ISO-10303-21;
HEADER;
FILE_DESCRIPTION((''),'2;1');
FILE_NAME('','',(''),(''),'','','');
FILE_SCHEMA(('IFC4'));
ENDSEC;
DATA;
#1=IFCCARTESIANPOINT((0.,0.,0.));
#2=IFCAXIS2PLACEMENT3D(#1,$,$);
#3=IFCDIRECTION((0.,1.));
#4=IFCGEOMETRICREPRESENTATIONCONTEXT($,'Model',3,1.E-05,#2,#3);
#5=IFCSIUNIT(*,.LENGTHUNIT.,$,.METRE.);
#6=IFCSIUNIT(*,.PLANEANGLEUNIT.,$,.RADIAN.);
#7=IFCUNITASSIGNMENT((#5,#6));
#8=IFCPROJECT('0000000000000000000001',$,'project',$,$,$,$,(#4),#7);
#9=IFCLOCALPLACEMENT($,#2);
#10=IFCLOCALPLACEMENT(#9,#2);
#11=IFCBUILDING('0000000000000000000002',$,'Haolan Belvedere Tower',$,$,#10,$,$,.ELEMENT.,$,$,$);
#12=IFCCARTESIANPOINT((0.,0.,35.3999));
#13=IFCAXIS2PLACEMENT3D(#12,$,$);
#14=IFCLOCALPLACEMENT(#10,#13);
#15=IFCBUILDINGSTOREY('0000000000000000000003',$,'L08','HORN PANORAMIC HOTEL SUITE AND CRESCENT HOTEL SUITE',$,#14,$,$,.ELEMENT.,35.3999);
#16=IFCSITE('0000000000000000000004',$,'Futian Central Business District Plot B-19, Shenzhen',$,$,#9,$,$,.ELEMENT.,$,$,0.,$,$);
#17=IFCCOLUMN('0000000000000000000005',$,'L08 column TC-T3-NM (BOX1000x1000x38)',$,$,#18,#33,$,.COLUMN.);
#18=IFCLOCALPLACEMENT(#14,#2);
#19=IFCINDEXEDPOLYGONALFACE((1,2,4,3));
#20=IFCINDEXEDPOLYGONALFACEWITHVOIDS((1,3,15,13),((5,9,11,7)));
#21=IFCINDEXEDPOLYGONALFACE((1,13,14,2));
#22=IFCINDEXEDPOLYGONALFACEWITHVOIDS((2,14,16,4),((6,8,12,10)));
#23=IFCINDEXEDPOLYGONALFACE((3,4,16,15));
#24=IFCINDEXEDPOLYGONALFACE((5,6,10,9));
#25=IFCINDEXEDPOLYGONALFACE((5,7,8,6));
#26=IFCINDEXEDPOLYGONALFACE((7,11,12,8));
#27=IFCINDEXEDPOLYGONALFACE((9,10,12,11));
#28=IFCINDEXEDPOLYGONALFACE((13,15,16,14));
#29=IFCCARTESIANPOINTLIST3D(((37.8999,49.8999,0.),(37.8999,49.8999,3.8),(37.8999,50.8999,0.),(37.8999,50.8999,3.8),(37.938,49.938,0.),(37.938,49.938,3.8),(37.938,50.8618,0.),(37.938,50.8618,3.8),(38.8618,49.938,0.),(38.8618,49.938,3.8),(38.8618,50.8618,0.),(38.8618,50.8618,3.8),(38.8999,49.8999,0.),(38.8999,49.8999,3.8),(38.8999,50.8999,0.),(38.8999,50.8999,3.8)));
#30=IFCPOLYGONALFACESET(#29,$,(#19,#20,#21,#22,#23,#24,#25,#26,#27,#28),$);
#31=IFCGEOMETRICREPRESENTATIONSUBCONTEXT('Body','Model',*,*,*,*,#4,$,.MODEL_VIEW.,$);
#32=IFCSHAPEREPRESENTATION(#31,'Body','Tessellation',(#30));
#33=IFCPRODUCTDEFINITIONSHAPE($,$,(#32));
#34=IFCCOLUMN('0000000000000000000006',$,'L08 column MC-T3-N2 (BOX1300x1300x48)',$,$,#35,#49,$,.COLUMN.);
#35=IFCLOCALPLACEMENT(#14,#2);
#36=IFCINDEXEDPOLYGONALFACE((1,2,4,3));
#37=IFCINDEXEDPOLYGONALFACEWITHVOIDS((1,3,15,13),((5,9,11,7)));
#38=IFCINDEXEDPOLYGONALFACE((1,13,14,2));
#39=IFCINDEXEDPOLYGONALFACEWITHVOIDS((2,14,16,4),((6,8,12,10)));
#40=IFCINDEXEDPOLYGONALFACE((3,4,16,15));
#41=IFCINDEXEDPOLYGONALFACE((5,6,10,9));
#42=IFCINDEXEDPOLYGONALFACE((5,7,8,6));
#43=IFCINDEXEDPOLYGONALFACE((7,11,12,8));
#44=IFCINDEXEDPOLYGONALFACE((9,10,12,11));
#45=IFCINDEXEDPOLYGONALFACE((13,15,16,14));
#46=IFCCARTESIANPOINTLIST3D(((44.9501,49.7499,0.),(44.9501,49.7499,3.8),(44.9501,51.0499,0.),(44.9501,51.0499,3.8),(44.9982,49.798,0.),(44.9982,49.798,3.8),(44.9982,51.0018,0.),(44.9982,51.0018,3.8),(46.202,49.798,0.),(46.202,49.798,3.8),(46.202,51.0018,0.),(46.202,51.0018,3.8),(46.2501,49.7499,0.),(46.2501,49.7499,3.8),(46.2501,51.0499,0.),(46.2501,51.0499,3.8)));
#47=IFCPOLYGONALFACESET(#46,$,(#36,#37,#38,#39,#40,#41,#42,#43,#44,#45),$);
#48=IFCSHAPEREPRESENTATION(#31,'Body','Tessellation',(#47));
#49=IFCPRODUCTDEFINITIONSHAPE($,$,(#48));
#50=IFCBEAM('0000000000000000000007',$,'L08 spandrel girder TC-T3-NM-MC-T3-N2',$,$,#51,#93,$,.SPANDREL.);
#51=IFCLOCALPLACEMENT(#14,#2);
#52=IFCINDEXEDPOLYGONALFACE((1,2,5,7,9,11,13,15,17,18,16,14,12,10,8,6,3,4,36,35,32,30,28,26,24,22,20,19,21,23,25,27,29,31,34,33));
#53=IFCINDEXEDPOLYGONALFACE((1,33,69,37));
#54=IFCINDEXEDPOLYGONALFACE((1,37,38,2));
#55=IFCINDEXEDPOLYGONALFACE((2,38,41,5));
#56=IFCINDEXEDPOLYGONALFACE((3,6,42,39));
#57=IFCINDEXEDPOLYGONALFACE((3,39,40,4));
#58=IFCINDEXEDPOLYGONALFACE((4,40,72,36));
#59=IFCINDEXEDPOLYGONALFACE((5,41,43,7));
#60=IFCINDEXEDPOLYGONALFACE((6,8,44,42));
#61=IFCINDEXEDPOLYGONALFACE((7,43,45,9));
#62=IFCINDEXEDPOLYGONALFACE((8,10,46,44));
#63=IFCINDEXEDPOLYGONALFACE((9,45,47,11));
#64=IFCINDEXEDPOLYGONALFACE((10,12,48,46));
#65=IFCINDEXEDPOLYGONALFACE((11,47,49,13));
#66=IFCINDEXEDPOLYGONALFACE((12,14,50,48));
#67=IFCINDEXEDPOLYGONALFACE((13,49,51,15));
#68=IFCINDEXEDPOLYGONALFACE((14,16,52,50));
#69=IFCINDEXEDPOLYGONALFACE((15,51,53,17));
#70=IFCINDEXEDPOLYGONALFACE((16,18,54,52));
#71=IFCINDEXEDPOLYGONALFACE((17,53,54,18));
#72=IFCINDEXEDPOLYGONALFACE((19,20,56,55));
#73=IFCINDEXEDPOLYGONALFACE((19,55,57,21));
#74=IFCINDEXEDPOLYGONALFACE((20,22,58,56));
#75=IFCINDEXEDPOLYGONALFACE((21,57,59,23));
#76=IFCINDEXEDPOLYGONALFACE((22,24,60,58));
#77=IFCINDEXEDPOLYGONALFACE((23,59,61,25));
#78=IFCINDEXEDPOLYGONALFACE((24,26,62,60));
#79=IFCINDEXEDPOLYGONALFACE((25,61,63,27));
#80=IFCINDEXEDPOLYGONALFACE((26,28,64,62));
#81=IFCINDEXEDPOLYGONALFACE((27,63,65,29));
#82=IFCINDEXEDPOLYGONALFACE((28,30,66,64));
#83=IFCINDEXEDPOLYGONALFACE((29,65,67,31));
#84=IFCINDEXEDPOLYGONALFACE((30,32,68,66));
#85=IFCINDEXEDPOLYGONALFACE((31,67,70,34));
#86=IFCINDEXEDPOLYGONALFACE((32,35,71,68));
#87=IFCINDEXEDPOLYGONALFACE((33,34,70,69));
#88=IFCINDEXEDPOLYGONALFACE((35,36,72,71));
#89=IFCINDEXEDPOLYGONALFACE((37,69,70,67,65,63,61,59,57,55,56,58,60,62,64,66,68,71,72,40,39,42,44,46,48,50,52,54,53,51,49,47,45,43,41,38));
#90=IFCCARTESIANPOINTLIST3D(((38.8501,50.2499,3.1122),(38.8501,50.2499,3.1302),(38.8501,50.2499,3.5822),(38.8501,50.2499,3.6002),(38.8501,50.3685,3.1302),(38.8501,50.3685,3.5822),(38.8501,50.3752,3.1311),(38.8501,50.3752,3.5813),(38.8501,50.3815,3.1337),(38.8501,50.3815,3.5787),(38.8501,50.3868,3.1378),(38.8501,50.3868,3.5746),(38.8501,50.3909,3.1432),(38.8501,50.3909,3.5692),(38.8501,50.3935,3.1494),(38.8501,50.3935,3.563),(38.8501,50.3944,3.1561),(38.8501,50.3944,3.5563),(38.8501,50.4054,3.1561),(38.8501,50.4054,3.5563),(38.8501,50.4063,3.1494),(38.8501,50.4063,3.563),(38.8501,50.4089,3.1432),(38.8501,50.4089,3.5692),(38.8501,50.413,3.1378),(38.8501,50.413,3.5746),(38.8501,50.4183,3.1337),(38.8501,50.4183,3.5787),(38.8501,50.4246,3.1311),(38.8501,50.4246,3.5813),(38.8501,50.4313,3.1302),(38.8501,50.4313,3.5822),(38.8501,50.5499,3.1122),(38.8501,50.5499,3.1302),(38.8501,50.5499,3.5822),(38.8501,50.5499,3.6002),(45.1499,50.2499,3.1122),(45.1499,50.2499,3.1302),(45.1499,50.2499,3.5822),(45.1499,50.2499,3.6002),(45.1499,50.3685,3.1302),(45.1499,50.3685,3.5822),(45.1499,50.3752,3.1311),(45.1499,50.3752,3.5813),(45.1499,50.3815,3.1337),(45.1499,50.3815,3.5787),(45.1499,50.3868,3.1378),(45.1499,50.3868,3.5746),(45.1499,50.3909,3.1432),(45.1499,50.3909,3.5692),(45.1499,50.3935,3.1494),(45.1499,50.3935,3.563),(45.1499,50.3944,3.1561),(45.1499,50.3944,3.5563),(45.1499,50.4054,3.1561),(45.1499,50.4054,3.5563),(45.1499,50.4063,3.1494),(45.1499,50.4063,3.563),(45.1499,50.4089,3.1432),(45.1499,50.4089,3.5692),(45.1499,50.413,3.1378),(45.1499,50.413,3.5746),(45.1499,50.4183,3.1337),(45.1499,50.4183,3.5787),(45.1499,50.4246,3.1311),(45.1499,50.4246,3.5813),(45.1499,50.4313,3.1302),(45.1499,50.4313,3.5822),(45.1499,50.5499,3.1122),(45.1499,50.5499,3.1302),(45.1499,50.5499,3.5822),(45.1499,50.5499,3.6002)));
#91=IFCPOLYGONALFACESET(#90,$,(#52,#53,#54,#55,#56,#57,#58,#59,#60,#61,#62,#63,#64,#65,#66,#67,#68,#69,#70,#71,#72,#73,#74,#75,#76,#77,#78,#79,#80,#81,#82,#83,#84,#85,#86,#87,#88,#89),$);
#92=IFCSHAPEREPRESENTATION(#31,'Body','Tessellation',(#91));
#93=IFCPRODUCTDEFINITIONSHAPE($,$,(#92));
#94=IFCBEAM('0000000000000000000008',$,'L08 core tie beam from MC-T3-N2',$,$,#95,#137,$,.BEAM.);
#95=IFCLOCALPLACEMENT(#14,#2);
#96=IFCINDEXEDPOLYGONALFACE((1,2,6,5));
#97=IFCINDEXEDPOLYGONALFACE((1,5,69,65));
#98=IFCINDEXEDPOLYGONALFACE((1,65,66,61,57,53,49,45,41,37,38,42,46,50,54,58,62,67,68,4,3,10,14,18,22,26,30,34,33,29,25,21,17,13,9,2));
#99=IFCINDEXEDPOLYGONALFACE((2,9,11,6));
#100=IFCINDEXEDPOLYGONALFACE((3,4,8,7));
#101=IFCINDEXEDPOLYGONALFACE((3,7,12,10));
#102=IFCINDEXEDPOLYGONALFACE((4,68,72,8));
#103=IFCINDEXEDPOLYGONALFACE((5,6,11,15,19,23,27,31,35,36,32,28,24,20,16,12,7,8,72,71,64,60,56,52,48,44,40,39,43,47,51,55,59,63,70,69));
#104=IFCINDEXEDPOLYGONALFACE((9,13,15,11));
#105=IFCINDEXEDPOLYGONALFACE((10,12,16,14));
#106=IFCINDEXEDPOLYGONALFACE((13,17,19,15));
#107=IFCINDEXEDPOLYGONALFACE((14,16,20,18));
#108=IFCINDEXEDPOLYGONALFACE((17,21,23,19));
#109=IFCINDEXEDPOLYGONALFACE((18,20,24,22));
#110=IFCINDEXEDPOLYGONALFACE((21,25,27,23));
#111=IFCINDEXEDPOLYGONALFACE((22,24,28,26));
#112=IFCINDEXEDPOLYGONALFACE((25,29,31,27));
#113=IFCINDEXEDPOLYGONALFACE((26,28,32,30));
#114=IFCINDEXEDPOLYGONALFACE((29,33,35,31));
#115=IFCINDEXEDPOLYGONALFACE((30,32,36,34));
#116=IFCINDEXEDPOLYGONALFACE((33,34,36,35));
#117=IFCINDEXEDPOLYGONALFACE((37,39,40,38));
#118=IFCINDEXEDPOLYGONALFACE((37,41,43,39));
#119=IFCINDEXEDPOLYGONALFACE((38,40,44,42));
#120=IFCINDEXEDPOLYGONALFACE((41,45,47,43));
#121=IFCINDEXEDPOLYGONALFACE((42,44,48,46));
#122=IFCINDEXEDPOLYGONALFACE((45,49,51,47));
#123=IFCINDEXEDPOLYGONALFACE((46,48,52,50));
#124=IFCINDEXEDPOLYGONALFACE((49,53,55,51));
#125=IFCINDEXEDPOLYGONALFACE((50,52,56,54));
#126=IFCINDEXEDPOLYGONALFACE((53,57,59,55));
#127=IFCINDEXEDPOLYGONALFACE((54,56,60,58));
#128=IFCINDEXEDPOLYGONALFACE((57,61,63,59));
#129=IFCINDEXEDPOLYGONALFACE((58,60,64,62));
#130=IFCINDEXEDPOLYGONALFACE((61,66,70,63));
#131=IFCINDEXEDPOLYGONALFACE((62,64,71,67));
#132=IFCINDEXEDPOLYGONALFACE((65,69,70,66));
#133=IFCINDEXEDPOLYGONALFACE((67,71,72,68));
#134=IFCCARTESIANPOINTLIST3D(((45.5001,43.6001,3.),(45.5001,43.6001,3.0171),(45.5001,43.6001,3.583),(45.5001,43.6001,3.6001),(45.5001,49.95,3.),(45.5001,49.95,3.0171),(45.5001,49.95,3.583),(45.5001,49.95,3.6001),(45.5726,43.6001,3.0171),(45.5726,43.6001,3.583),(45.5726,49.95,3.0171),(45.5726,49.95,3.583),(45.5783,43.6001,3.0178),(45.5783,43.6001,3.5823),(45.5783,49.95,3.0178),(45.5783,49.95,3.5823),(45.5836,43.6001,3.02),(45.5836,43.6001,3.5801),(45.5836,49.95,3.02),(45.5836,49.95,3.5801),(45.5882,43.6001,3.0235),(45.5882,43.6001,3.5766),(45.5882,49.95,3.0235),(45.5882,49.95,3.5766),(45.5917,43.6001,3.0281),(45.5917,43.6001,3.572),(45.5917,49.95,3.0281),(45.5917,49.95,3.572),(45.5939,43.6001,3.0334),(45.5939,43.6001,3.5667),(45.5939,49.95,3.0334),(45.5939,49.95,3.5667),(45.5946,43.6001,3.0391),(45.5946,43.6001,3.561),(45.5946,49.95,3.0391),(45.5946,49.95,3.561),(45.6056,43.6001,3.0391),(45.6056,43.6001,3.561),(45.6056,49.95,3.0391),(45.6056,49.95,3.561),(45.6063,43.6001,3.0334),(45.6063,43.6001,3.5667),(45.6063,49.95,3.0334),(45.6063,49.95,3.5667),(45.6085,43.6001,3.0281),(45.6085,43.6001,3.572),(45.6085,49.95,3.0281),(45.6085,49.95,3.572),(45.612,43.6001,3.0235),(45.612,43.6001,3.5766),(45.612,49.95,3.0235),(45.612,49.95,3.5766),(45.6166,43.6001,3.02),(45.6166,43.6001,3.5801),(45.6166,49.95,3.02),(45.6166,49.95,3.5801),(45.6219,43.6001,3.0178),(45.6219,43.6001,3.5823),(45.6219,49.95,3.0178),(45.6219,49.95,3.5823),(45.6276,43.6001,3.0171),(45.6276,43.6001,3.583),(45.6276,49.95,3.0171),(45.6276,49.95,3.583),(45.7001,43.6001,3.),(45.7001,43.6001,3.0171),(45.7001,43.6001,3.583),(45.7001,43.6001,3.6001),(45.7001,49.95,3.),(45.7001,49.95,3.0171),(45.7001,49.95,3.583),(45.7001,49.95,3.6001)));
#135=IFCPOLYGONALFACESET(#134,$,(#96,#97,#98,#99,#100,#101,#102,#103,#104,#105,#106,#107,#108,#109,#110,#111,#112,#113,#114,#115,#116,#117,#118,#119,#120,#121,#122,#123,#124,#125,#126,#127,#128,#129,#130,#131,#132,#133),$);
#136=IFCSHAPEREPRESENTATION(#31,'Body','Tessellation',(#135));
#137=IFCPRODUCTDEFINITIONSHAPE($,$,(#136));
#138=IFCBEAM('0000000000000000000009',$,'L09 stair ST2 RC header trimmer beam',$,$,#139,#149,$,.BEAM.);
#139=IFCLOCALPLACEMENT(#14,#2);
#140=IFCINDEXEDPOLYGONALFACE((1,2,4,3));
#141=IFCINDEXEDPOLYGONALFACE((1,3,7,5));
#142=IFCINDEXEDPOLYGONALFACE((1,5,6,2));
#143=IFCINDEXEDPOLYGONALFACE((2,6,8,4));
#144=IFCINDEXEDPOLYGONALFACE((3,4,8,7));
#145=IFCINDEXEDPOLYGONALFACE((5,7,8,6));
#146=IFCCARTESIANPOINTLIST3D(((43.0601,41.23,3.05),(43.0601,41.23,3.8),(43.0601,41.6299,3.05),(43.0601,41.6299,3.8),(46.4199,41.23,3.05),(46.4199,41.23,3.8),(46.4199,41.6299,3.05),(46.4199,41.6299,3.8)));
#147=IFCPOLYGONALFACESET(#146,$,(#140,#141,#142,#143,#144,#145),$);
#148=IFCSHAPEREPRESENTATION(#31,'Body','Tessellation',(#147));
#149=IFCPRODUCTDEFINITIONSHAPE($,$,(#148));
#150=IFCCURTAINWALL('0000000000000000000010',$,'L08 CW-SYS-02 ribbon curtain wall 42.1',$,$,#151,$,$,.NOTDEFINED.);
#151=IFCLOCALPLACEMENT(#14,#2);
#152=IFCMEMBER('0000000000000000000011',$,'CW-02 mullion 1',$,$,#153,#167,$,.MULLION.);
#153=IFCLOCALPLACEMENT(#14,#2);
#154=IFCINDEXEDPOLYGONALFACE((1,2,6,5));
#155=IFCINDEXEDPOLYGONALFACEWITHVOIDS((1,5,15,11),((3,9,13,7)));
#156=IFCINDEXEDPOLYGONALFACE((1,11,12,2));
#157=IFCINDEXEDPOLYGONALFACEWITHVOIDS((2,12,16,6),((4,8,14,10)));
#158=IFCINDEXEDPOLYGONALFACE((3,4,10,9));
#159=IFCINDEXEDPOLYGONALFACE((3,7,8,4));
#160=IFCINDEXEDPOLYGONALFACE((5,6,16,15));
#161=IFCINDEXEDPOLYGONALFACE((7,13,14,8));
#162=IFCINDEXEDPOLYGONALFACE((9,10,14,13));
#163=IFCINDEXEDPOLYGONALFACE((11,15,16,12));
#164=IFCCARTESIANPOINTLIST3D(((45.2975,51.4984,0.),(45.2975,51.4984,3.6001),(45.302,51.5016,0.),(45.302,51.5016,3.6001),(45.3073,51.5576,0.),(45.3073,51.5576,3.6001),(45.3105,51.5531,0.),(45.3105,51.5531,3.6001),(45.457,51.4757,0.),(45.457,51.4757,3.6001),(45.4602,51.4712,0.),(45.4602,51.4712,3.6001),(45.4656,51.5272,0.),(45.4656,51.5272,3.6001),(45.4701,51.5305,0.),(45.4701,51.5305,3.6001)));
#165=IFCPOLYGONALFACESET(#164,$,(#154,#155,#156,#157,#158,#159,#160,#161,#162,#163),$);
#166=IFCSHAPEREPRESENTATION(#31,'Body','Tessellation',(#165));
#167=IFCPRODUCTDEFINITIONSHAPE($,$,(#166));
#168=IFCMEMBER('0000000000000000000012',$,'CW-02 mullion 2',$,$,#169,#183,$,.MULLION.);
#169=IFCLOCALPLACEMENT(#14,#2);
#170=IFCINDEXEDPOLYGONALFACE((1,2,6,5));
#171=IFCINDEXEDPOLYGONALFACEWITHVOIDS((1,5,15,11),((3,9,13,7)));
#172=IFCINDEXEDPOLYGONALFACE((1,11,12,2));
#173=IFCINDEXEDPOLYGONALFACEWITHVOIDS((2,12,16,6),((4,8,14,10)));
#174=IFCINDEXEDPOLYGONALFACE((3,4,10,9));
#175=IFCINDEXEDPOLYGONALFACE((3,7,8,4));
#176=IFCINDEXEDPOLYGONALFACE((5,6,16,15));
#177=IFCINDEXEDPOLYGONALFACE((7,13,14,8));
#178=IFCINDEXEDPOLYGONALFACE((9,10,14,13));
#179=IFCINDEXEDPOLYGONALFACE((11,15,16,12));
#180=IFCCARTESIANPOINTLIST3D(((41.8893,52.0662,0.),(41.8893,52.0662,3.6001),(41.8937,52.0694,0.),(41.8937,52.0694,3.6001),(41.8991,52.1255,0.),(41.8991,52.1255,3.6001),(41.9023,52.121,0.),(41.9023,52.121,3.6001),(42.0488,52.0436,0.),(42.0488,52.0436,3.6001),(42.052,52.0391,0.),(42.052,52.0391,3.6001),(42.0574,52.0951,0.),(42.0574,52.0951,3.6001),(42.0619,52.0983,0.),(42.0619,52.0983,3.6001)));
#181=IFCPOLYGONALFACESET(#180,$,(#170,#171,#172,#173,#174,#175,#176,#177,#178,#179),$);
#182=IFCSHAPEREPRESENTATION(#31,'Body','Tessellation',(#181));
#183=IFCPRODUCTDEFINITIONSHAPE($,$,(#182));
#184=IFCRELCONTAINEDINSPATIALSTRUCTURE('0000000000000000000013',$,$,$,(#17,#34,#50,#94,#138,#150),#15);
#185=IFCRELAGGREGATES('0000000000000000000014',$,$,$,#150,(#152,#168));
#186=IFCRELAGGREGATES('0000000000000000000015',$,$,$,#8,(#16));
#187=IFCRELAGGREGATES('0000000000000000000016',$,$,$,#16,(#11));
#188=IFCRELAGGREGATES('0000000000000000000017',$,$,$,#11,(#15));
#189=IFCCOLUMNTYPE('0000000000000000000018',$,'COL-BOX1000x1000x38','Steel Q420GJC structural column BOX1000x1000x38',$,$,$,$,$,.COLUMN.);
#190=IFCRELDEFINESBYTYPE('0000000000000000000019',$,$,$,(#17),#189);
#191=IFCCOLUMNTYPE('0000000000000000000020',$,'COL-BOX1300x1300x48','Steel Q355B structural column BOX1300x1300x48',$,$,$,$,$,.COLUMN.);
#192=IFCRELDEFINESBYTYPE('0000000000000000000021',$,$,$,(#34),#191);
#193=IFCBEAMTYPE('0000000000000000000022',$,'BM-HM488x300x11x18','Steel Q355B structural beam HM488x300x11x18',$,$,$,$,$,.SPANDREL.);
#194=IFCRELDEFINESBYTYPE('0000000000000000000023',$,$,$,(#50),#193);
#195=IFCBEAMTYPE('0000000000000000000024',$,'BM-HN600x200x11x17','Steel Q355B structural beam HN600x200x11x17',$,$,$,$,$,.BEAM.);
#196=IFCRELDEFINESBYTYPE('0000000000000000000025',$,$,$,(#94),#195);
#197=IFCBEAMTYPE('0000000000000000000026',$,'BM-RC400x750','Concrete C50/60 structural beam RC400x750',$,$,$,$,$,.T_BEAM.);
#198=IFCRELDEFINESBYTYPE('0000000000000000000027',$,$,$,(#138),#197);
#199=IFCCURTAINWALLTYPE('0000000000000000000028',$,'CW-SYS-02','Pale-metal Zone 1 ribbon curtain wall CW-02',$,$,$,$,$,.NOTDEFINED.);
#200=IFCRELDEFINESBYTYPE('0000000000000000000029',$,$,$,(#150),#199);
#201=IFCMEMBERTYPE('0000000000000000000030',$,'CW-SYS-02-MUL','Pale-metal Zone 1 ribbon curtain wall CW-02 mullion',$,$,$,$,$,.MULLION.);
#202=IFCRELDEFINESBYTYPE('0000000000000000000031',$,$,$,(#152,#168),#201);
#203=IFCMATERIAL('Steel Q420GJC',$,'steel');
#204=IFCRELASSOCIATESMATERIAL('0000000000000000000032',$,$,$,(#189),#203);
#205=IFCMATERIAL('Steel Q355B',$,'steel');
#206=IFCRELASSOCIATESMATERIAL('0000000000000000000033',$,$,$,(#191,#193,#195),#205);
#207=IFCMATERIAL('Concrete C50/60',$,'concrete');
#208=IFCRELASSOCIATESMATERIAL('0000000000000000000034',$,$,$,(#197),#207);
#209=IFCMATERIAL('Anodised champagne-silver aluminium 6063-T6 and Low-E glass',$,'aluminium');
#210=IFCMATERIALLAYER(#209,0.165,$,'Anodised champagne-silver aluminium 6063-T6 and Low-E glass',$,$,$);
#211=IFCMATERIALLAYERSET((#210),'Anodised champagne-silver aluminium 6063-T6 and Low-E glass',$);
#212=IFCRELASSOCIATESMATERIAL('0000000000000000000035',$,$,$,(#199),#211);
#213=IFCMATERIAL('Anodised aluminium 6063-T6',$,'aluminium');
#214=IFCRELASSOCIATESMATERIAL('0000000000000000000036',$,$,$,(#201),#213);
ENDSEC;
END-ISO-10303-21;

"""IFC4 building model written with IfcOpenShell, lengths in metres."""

from ifc_helpers import new_model, si_unit, direction, frame, origin, origin_2d, place, context, subcontext, project, spatial, rectangle, hollow_rectangle, i_section, extrude, material, layer, layer_set, material_profile, profile_set, type_object, element, aggregate, save


model = new_model("IFC4")

# Units and contexts
model_context = context("Model", 3, precision=1e-05, world=origin(), true_north=direction((0.0, 1.0)))
body_context = subcontext(model_context, "Body", "Model", "MODEL_VIEW")
ifc_project = project(units=[si_unit("LENGTHUNIT", "METRE"), si_unit("PLANEANGLEUNIT", "RADIAN")], contexts=[model_context])

# Site, building, storey
site_placement = place(None, origin())
site = spatial("IfcSite", under=ifc_project, at=site_placement, Name="Futian Central Business District Plot B-19, Shenzhen", CompositionType="ELEMENT", RefElevation=0.0)
building_placement = place(site_placement, origin())
building = spatial("IfcBuilding", under=site, at=building_placement, Name="Haolan Belvedere Tower", CompositionType="ELEMENT")
storey_placement = place(building_placement, frame((0.0, 0.0, 35.3999)))
storey = spatial("IfcBuildingStorey", under=building, at=storey_placement, Name="L08", Description="HORN PANORAMIC HOTEL SUITE AND CRESCENT HOTEL SUITE", CompositionType="ELEMENT", Elevation=35.3999)

# Columns
ifc_material_1 = material(Name="Steel Q420GJC", Category="steel")
ifc_material_profile_1 = material_profile(ifc_material_1, hollow_rectangle(XDim=1.0, YDim=1.0, WallThickness=0.0381, at=origin_2d()), Name="Steel Q420GJC")
ifc_profile_set_1 = profile_set([ifc_material_profile_1], Name="Steel Q420GJC")
column_type_1 = type_object("IfcColumnType", Name="COL-BOX1000x1000x38", Description="Steel Q420GJC structural column BOX1000x1000x38", PredefinedType="COLUMN", material=ifc_profile_set_1)
column_1_placement = place(storey_placement, frame((38.3999, 50.3999, 0.0), z_axis=(0.0, 0.0, 1.0), x_axis=(1.0, 0.0, 0.0)))
element("IfcColumn", 1, at=column_1_placement, inside=storey, type_object=column_type_1, Name="L08 column TC-T3-NM (BOX1000x1000x38)", PredefinedType="COLUMN", context=body_context, shape_type="SweptSolid", body=[
    extrude(hollow_rectangle(XDim=1.0, YDim=1.0, WallThickness=0.0381, at=origin_2d()), origin(), (0.0, 0.0, 1.0), 3.8),
])
ifc_material_2 = material(Name="Steel Q355B", Category="steel")
ifc_material_profile_2 = material_profile(ifc_material_2, hollow_rectangle(XDim=1.3, YDim=1.3, WallThickness=0.0481, at=origin_2d()), Name="Steel Q355B")
ifc_profile_set_2 = profile_set([ifc_material_profile_2], Name="Steel Q355B")
column_type_2 = type_object("IfcColumnType", Name="COL-BOX1300x1300x48", Description="Steel Q355B structural column BOX1300x1300x48", PredefinedType="COLUMN", material=ifc_profile_set_2)
column_2_placement = place(storey_placement, frame((45.6001, 50.3999, 0.0), z_axis=(0.0, 0.0, 1.0), x_axis=(1.0, 0.0, 0.0)))
element("IfcColumn", 2, at=column_2_placement, inside=storey, type_object=column_type_2, Name="L08 column MC-T3-N2 (BOX1300x1300x48)", PredefinedType="COLUMN", context=body_context, shape_type="SweptSolid", body=[
    extrude(hollow_rectangle(XDim=1.3, YDim=1.3, WallThickness=0.0481, at=origin_2d()), origin(), (0.0, 0.0, 1.0), 3.8),
])

# Beams
ifc_material_profile_3 = material_profile(ifc_material_2, i_section(OverallWidth=0.3, OverallDepth=0.488, WebThickness=0.011, FlangeThickness=0.0181, FilletRadius=0.0259, at=origin_2d()), Name="Steel Q355B")
ifc_profile_set_3 = profile_set([ifc_material_profile_3], Name="Steel Q355B")
beam_type_1 = type_object("IfcBeamType", Name="BM-HM488x300x11x18", Description="Steel Q355B structural beam HM488x300x11x18", PredefinedType="SPANDREL", material=ifc_profile_set_3)
beam_1_placement = place(storey_placement, frame((38.8501, 50.3999, 3.3562), z_axis=(1.0, 0.0, 0.0), x_axis=(0.0, 1.0, 0.0)))
element("IfcBeam", 3, at=beam_1_placement, inside=storey, type_object=beam_type_1, Name="L08 spandrel girder TC-T3-NM-MC-T3-N2", PredefinedType="SPANDREL", context=body_context, shape_type="SweptSolid", body=[
    extrude(i_section(OverallWidth=0.3, OverallDepth=0.488, WebThickness=0.011, FlangeThickness=0.0181, FilletRadius=0.0259, at=origin_2d()), origin(), (0.0, 0.0, 1.0), 6.2998),
])
ifc_material_profile_4 = material_profile(ifc_material_2, i_section(OverallWidth=0.2, OverallDepth=0.6001, WebThickness=0.011, FlangeThickness=0.0171, FilletRadius=0.022, at=origin_2d()), Name="Steel Q355B")
ifc_profile_set_4 = profile_set([ifc_material_profile_4], Name="Steel Q355B")
beam_type_2 = type_object("IfcBeamType", Name="BM-HN600x200x11x17", Description="Steel Q355B structural beam HN600x200x11x17", PredefinedType="BEAM", material=ifc_profile_set_4)
beam_2_placement = place(storey_placement, frame((45.6001, 49.95, 3.3), z_axis=(0.0, -1.0, 0.0), x_axis=(1.0, 0.0, 0.0)))
element("IfcBeam", 4, at=beam_2_placement, inside=storey, type_object=beam_type_2, Name="L08 core tie beam from MC-T3-N2", PredefinedType="BEAM", context=body_context, shape_type="SweptSolid", body=[
    extrude(i_section(OverallWidth=0.2, OverallDepth=0.6001, WebThickness=0.011, FlangeThickness=0.0171, FilletRadius=0.022, at=origin_2d()), origin(), (0.0, 0.0, 1.0), 6.3499),
])
ifc_material_3 = material(Name="Concrete C50/60", Category="concrete")
ifc_material_profile_5 = material_profile(ifc_material_3, rectangle(XDim=0.3999, YDim=0.75, at=origin_2d()), Name="Concrete C50/60")
ifc_profile_set_5 = profile_set([ifc_material_profile_5], Name="Concrete C50/60")
beam_type_3 = type_object("IfcBeamType", Name="BM-RC400x750", Description="Concrete C50/60 structural beam RC400x750", PredefinedType="T_BEAM", material=ifc_profile_set_5)
beam_3_placement = place(storey_placement, frame((43.0601, 41.4299, 3.425), z_axis=(1.0, 0.0, 0.0), x_axis=(0.0, 1.0, 0.0)))
element("IfcBeam", 5, at=beam_3_placement, inside=storey, type_object=beam_type_3, Name="L09 stair ST2 RC header trimmer beam", PredefinedType="BEAM", context=body_context, shape_type="SweptSolid", body=[
    extrude(rectangle(XDim=0.3999, YDim=0.75, at=origin_2d()), origin(), (0.0, 0.0, 1.0), 3.3599),
])

# Curtain wall, members
ifc_material_4 = material(Name="Anodised champagne-silver aluminium 6063-T6 and Low-E glass", Category="aluminium")
ifc_layer_1 = layer(ifc_material_4, 0.165, Name="Anodised champagne-silver aluminium 6063-T6 and Low-E glass")
ifc_layer_set_1 = layer_set([ifc_layer_1], Name="Anodised champagne-silver aluminium 6063-T6 and Low-E glass")
curtain_wall_type = type_object("IfcCurtainWallType", Name="CW-SYS-02", Description="Pale-metal Zone 1 ribbon curtain wall CW-02", PredefinedType="NOTDEFINED", material=ifc_layer_set_1)
curtain_wall_1_placement = place(storey_placement, origin())
curtain_wall_1 = element("IfcCurtainWall", 6, at=curtain_wall_1_placement, inside=storey, type_object=curtain_wall_type, Name="L08 CW-SYS-02 ribbon curtain wall 42.1", PredefinedType="NOTDEFINED")
ifc_material_5 = material(Name="Anodised aluminium 6063-T6", Category="aluminium")
ifc_material_profile_6 = material_profile(ifc_material_5, hollow_rectangle(XDim=0.0601, YDim=0.165, WallThickness=0.0039, at=origin_2d()), Name="Anodised aluminium 6063-T6")
ifc_profile_set_6 = profile_set([ifc_material_profile_6], Name="Anodised aluminium 6063-T6")
member_type_1 = type_object("IfcMemberType", Name="CW-SYS-02-MUL", Description="Pale-metal Zone 1 ribbon curtain wall CW-02 mullion", PredefinedType="MULLION", material=ifc_profile_set_6)
member_1_placement = place(storey_placement, frame((45.3838, 51.5144, 0.0), z_axis=(0.0, 0.0, 1.0), x_axis=(-0.164404, -0.986393, 0.0)))
member_1 = element("IfcMember", 7, at=member_1_placement, type_object=member_type_1, Name="CW-02 mullion 1", PredefinedType="MULLION", context=body_context, shape_type="SweptSolid", body=[
    extrude(hollow_rectangle(XDim=0.0601, YDim=0.165, WallThickness=0.0039, at=origin_2d()), origin(), (0.0, 0.0, 1.0), 3.6001),
])
member_2_placement = place(storey_placement, frame((41.9756, 52.0823, 0.0), z_axis=(0.0, 0.0, 1.0), x_axis=(-0.164404, -0.986393, 0.0)))
member_2 = element("IfcMember", 8, at=member_2_placement, type_object=member_type_1, Name="CW-02 mullion 2", PredefinedType="MULLION", context=body_context, shape_type="SweptSolid", body=[
    extrude(hollow_rectangle(XDim=0.0601, YDim=0.165, WallThickness=0.0039, at=origin_2d()), origin(), (0.0, 0.0, 1.0), 3.6001),
])

aggregate(curtain_wall_1, [member_1, member_2])

save(model, "model.ifc")
